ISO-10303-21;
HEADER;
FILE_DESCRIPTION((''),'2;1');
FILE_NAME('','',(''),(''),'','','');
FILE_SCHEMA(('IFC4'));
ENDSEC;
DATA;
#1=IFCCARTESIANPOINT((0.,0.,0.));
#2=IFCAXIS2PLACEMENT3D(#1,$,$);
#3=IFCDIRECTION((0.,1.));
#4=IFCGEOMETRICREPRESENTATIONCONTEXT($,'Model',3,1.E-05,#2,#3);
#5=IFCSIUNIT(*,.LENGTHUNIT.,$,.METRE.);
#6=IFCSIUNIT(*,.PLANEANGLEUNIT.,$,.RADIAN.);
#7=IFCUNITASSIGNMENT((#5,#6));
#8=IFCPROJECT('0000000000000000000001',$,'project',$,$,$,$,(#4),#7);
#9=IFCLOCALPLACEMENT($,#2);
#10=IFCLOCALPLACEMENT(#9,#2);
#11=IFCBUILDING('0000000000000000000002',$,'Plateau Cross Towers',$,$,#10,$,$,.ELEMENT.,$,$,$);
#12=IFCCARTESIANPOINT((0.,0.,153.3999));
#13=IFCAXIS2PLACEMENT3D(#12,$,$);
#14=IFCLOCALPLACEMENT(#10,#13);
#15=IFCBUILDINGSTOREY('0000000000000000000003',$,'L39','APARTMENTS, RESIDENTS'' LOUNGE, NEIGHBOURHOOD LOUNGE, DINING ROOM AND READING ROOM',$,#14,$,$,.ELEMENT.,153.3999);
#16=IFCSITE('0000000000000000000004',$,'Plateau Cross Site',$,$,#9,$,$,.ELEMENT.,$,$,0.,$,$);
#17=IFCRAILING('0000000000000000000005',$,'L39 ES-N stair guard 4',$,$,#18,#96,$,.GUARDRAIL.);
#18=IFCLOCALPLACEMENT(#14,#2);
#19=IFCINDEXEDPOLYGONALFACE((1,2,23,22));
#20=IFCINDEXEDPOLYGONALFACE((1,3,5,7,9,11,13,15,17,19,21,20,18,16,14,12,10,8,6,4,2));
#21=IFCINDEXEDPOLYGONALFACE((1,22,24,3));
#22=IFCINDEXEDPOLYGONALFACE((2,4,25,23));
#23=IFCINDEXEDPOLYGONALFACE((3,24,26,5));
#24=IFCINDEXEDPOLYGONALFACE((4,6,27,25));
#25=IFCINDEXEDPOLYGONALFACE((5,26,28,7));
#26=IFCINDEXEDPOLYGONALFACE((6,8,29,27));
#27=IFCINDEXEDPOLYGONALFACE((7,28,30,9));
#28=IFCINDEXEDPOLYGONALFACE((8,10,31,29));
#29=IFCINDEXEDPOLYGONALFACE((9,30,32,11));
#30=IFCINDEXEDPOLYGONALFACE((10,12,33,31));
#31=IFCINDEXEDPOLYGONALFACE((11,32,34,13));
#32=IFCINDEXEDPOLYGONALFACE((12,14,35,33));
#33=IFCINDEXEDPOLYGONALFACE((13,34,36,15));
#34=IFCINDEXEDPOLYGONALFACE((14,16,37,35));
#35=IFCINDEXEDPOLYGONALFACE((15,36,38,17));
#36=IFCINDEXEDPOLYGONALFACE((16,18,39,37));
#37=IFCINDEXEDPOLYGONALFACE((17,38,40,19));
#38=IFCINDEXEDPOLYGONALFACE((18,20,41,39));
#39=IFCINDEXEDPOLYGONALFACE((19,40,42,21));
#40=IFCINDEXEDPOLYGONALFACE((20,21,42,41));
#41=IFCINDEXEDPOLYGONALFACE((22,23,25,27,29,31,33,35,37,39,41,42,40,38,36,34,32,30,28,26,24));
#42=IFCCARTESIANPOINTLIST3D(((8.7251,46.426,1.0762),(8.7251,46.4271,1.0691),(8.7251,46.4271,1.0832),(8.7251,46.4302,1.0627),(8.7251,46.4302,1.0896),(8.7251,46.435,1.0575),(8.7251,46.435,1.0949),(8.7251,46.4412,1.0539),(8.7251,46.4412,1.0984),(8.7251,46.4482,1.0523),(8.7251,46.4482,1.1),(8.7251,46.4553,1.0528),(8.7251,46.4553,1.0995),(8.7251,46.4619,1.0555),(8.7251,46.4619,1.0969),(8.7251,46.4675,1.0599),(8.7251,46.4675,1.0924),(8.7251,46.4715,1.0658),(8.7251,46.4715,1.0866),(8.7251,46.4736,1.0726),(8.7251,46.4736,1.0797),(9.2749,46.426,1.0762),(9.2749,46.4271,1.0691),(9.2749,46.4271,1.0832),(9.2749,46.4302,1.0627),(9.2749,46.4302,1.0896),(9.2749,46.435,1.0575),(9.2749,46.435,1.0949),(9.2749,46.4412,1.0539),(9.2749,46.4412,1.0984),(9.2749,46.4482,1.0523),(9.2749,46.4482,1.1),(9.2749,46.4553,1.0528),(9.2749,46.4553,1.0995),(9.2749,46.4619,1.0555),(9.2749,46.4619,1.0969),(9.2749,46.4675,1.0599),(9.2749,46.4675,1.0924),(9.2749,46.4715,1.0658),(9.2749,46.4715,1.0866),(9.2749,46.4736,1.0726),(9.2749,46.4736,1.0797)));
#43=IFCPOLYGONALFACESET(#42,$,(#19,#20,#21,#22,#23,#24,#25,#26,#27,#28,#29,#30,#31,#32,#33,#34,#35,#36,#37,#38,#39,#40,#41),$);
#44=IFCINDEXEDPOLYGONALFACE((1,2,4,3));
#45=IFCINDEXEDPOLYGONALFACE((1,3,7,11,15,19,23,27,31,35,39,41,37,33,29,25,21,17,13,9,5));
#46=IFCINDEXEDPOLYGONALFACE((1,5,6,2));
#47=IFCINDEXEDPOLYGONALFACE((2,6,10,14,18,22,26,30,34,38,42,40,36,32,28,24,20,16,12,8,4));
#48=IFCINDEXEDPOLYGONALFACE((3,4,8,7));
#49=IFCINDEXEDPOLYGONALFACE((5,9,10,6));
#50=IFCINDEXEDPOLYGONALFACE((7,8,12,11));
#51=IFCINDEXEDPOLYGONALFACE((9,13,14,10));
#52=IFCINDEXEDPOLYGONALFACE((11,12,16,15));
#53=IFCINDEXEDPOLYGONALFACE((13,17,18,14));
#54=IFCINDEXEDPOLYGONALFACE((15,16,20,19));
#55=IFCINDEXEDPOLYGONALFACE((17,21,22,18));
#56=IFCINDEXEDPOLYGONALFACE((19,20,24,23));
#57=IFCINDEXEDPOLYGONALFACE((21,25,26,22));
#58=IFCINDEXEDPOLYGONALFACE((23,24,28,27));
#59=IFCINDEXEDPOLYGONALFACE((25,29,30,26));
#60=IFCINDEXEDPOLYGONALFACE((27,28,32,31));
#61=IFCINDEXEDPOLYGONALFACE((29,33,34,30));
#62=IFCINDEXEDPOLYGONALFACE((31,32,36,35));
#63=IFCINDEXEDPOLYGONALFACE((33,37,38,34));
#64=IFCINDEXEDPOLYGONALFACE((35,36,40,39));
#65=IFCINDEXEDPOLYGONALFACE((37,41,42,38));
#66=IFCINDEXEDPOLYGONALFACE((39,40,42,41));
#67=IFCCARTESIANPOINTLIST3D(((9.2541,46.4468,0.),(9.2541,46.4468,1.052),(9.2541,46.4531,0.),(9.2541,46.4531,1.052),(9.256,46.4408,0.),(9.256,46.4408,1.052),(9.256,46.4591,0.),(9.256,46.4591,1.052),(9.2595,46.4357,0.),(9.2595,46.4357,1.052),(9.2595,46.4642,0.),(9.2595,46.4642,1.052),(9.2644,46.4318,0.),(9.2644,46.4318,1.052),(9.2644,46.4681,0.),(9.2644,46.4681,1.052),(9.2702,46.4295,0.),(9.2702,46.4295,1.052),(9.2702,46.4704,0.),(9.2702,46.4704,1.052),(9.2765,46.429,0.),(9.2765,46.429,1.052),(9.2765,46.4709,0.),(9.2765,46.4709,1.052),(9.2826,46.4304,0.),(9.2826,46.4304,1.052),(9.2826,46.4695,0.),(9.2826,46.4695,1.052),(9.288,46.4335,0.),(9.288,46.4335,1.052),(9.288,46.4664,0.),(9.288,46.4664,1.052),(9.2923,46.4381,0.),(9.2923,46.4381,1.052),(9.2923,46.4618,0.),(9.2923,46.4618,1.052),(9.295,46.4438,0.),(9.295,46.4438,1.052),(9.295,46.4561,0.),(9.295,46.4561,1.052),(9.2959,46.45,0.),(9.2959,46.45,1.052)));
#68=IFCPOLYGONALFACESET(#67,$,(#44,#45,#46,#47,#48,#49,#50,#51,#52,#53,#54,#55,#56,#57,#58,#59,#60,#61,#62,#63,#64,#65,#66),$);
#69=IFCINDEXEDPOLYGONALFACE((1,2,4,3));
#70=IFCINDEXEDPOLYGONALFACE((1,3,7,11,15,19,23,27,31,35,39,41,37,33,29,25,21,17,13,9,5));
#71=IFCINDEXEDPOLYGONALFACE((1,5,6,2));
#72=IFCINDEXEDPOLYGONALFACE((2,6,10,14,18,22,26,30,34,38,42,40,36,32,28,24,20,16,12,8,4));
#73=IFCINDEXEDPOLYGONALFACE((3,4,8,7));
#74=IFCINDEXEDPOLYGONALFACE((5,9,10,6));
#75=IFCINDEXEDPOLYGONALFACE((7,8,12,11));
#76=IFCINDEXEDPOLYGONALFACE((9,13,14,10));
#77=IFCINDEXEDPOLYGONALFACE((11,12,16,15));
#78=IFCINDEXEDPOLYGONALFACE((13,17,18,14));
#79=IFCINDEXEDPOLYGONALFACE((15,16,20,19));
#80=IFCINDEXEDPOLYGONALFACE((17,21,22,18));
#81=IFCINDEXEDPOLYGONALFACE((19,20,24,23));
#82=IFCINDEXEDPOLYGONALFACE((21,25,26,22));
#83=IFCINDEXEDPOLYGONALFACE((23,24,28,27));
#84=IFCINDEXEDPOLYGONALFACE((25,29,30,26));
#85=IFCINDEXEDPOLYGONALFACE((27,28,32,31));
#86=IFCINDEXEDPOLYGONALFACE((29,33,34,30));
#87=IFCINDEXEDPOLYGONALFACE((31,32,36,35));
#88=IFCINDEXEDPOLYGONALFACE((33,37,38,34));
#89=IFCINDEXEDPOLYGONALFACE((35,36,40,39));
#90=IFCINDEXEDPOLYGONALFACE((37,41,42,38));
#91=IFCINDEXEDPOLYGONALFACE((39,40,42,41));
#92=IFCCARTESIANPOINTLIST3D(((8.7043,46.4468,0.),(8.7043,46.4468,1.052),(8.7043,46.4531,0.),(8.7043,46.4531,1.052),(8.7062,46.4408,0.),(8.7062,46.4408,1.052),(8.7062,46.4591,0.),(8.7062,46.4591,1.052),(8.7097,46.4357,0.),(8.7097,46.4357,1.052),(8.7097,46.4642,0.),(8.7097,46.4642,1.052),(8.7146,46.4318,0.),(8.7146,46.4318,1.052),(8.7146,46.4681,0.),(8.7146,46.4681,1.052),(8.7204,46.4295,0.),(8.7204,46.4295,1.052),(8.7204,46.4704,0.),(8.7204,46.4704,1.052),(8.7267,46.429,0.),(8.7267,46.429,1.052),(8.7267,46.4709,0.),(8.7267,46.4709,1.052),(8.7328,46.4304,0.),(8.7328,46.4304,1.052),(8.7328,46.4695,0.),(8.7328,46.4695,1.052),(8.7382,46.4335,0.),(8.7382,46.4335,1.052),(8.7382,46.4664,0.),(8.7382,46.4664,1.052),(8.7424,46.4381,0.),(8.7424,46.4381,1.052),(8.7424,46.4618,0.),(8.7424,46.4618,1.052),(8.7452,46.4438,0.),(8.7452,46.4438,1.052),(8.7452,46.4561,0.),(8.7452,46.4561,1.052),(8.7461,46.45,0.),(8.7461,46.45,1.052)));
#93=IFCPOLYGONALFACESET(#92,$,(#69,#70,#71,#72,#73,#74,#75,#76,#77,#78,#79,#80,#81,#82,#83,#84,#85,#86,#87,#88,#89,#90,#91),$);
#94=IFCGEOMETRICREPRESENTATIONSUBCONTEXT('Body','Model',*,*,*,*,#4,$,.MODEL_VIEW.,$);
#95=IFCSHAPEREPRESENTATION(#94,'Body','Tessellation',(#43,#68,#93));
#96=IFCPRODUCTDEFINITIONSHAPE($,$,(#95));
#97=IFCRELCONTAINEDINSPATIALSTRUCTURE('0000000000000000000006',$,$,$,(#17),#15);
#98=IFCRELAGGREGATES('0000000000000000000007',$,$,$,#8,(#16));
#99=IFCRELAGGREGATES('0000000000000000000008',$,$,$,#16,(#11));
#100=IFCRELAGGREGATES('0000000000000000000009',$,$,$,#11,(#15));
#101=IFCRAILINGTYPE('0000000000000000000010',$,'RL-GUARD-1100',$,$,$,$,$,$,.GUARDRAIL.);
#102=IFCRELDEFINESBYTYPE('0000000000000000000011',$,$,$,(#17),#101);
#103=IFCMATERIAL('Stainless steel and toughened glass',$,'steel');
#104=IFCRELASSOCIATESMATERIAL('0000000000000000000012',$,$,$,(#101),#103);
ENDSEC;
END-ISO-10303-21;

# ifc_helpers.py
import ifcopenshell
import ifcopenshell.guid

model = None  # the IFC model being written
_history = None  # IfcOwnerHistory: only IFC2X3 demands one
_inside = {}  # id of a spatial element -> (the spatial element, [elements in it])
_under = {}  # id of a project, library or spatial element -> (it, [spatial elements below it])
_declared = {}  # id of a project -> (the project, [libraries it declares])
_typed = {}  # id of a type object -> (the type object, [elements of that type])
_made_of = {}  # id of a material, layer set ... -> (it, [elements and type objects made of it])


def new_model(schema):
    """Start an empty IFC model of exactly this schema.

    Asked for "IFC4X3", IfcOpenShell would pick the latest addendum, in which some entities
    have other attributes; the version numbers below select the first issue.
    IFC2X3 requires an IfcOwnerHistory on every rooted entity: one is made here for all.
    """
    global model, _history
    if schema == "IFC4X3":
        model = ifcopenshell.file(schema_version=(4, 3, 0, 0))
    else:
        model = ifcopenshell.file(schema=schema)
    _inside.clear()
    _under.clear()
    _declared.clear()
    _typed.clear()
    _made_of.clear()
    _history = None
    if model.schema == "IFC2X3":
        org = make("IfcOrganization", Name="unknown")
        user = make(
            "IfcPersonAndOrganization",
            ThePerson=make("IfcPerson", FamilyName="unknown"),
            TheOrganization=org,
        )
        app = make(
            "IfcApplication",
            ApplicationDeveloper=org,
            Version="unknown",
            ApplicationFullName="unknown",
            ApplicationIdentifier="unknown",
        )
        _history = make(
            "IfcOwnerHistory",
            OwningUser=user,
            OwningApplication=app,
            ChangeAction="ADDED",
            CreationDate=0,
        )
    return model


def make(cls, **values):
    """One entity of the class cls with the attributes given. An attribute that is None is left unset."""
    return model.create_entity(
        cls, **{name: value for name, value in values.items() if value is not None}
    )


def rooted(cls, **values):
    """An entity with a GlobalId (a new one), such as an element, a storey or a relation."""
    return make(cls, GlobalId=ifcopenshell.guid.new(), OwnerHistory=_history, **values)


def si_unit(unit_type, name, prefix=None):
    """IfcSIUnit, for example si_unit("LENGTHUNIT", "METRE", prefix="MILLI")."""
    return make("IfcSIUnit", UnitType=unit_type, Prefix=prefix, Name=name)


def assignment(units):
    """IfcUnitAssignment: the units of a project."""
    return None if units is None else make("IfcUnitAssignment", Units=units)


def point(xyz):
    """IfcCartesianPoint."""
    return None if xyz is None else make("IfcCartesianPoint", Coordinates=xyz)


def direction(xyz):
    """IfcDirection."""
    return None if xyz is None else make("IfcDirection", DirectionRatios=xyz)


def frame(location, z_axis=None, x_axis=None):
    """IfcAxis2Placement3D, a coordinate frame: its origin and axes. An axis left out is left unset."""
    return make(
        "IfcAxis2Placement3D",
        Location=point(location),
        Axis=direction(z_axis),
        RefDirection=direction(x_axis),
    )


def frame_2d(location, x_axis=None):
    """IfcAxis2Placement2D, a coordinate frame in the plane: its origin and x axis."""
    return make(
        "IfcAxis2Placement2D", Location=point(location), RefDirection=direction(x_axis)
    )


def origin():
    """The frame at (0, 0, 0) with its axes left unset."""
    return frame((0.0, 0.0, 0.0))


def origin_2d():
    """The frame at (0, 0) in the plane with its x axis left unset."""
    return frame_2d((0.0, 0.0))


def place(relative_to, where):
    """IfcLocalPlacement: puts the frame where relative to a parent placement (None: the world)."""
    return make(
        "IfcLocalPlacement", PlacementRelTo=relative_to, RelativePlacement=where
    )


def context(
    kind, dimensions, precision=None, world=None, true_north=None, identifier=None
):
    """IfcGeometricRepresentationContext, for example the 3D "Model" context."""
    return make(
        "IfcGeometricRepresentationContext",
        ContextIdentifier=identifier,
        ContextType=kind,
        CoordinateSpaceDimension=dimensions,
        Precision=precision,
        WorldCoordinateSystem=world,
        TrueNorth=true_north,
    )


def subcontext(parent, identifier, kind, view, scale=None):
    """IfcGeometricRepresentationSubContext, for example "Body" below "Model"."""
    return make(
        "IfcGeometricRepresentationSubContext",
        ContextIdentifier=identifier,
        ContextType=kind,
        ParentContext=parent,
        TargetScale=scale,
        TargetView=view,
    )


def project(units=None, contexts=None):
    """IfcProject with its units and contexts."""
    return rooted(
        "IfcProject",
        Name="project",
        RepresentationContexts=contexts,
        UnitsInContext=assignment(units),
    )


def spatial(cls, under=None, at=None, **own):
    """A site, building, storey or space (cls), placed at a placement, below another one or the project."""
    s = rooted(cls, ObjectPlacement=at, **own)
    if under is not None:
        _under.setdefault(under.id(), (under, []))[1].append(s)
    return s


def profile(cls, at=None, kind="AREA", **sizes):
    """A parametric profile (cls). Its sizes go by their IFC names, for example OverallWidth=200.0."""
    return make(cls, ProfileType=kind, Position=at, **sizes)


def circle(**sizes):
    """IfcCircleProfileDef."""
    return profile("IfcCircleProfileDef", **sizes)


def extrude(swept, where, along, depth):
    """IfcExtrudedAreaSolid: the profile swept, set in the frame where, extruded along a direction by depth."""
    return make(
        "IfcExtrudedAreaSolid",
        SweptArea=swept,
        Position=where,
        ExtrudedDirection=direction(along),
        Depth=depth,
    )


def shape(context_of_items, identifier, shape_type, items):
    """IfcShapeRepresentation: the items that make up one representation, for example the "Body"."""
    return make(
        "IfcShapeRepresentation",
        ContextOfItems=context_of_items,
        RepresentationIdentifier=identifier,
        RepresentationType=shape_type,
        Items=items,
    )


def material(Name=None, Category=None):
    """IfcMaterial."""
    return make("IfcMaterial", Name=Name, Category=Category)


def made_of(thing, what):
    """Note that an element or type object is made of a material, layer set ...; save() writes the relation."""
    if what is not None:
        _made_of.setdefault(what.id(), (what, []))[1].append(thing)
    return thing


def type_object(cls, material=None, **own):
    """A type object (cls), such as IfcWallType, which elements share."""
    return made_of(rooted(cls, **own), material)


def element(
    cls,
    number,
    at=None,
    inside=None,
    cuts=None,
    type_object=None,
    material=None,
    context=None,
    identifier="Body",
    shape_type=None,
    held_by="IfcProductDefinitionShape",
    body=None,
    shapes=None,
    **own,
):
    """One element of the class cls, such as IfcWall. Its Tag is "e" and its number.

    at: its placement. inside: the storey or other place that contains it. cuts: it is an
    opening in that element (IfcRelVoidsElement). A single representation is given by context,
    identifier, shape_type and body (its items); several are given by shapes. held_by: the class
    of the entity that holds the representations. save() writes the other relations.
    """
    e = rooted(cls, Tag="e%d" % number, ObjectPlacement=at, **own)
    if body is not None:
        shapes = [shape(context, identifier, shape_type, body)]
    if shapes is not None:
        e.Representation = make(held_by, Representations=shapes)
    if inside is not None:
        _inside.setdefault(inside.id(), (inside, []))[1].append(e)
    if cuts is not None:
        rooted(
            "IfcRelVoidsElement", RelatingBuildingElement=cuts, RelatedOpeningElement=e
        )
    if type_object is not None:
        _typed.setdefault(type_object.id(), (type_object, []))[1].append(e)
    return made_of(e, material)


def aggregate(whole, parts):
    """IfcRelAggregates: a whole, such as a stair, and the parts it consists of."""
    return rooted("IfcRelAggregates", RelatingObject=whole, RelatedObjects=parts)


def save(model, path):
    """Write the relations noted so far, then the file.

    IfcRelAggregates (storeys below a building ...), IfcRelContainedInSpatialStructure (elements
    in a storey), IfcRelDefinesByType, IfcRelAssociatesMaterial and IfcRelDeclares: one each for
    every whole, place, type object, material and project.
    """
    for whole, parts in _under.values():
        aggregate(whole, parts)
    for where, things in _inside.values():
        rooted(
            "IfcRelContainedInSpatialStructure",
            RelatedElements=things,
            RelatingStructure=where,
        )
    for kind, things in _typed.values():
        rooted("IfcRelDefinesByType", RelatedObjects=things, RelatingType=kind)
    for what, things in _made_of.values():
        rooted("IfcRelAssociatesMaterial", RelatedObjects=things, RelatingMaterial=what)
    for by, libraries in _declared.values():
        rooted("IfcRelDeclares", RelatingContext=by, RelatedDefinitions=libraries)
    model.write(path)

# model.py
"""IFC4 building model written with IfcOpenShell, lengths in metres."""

from ifc_helpers import new_model, si_unit, direction, frame, origin, origin_2d, place, context, subcontext, project, spatial, circle, extrude, material, type_object, element, save


model = new_model("IFC4")

# Units and contexts
model_context = context("Model", 3, precision=1e-05, world=origin(), true_north=direction((0.0, 1.0)))
body_context = subcontext(model_context, "Body", "Model", "MODEL_VIEW")
ifc_project = project(units=[si_unit("LENGTHUNIT", "METRE"), si_unit("PLANEANGLEUNIT", "RADIAN")], contexts=[model_context])

# Site, building, storey
site_placement = place(None, origin())
site = spatial("IfcSite", under=ifc_project, at=site_placement, Name="Plateau Cross Site", CompositionType="ELEMENT", RefElevation=0.0)
building_placement = place(site_placement, origin())
building = spatial("IfcBuilding", under=site, at=building_placement, Name="Plateau Cross Towers", CompositionType="ELEMENT")
storey_placement = place(building_placement, frame((0.0, 0.0, 153.3999)))
storey = spatial("IfcBuildingStorey", under=building, at=storey_placement, Name="L39", Description="APARTMENTS, RESIDENTS' LOUNGE, NEIGHBOURHOOD LOUNGE, DINING ROOM AND READING ROOM", CompositionType="ELEMENT", Elevation=153.3999)

# Railing
ifc_material_1 = material(Name="Stainless steel and toughened glass", Category="steel")
railing_type_1 = type_object("IfcRailingType", Name="RL-GUARD-1100", PredefinedType="GUARDRAIL", material=ifc_material_1)
railing_1_placement = place(storey_placement, frame((9.2749, 46.45, 0.0)))
element("IfcRailing", 1, at=railing_1_placement, inside=storey, type_object=railing_type_1, Name="L39 ES-N stair guard 4", PredefinedType="GUARDRAIL", context=body_context, shape_type="SweptSolid", body=[
    extrude(circle(Radius=0.0239, at=origin_2d()), frame((0.0, 0.0, 1.0762), z_axis=(-1.0, 0.0, 0.0), x_axis=(0.0, -1.0, 0.0)), (0.0, 0.0, 1.0), 0.5498),
    extrude(circle(Radius=0.021, at=origin_2d()), origin(), (0.0, 0.0, 1.0), 1.052),
    extrude(circle(Radius=0.021, at=origin_2d()), frame((-0.5498, 0.0, 0.0)), (0.0, 0.0, 1.0), 1.052),
])

save(model, "model.ifc")
